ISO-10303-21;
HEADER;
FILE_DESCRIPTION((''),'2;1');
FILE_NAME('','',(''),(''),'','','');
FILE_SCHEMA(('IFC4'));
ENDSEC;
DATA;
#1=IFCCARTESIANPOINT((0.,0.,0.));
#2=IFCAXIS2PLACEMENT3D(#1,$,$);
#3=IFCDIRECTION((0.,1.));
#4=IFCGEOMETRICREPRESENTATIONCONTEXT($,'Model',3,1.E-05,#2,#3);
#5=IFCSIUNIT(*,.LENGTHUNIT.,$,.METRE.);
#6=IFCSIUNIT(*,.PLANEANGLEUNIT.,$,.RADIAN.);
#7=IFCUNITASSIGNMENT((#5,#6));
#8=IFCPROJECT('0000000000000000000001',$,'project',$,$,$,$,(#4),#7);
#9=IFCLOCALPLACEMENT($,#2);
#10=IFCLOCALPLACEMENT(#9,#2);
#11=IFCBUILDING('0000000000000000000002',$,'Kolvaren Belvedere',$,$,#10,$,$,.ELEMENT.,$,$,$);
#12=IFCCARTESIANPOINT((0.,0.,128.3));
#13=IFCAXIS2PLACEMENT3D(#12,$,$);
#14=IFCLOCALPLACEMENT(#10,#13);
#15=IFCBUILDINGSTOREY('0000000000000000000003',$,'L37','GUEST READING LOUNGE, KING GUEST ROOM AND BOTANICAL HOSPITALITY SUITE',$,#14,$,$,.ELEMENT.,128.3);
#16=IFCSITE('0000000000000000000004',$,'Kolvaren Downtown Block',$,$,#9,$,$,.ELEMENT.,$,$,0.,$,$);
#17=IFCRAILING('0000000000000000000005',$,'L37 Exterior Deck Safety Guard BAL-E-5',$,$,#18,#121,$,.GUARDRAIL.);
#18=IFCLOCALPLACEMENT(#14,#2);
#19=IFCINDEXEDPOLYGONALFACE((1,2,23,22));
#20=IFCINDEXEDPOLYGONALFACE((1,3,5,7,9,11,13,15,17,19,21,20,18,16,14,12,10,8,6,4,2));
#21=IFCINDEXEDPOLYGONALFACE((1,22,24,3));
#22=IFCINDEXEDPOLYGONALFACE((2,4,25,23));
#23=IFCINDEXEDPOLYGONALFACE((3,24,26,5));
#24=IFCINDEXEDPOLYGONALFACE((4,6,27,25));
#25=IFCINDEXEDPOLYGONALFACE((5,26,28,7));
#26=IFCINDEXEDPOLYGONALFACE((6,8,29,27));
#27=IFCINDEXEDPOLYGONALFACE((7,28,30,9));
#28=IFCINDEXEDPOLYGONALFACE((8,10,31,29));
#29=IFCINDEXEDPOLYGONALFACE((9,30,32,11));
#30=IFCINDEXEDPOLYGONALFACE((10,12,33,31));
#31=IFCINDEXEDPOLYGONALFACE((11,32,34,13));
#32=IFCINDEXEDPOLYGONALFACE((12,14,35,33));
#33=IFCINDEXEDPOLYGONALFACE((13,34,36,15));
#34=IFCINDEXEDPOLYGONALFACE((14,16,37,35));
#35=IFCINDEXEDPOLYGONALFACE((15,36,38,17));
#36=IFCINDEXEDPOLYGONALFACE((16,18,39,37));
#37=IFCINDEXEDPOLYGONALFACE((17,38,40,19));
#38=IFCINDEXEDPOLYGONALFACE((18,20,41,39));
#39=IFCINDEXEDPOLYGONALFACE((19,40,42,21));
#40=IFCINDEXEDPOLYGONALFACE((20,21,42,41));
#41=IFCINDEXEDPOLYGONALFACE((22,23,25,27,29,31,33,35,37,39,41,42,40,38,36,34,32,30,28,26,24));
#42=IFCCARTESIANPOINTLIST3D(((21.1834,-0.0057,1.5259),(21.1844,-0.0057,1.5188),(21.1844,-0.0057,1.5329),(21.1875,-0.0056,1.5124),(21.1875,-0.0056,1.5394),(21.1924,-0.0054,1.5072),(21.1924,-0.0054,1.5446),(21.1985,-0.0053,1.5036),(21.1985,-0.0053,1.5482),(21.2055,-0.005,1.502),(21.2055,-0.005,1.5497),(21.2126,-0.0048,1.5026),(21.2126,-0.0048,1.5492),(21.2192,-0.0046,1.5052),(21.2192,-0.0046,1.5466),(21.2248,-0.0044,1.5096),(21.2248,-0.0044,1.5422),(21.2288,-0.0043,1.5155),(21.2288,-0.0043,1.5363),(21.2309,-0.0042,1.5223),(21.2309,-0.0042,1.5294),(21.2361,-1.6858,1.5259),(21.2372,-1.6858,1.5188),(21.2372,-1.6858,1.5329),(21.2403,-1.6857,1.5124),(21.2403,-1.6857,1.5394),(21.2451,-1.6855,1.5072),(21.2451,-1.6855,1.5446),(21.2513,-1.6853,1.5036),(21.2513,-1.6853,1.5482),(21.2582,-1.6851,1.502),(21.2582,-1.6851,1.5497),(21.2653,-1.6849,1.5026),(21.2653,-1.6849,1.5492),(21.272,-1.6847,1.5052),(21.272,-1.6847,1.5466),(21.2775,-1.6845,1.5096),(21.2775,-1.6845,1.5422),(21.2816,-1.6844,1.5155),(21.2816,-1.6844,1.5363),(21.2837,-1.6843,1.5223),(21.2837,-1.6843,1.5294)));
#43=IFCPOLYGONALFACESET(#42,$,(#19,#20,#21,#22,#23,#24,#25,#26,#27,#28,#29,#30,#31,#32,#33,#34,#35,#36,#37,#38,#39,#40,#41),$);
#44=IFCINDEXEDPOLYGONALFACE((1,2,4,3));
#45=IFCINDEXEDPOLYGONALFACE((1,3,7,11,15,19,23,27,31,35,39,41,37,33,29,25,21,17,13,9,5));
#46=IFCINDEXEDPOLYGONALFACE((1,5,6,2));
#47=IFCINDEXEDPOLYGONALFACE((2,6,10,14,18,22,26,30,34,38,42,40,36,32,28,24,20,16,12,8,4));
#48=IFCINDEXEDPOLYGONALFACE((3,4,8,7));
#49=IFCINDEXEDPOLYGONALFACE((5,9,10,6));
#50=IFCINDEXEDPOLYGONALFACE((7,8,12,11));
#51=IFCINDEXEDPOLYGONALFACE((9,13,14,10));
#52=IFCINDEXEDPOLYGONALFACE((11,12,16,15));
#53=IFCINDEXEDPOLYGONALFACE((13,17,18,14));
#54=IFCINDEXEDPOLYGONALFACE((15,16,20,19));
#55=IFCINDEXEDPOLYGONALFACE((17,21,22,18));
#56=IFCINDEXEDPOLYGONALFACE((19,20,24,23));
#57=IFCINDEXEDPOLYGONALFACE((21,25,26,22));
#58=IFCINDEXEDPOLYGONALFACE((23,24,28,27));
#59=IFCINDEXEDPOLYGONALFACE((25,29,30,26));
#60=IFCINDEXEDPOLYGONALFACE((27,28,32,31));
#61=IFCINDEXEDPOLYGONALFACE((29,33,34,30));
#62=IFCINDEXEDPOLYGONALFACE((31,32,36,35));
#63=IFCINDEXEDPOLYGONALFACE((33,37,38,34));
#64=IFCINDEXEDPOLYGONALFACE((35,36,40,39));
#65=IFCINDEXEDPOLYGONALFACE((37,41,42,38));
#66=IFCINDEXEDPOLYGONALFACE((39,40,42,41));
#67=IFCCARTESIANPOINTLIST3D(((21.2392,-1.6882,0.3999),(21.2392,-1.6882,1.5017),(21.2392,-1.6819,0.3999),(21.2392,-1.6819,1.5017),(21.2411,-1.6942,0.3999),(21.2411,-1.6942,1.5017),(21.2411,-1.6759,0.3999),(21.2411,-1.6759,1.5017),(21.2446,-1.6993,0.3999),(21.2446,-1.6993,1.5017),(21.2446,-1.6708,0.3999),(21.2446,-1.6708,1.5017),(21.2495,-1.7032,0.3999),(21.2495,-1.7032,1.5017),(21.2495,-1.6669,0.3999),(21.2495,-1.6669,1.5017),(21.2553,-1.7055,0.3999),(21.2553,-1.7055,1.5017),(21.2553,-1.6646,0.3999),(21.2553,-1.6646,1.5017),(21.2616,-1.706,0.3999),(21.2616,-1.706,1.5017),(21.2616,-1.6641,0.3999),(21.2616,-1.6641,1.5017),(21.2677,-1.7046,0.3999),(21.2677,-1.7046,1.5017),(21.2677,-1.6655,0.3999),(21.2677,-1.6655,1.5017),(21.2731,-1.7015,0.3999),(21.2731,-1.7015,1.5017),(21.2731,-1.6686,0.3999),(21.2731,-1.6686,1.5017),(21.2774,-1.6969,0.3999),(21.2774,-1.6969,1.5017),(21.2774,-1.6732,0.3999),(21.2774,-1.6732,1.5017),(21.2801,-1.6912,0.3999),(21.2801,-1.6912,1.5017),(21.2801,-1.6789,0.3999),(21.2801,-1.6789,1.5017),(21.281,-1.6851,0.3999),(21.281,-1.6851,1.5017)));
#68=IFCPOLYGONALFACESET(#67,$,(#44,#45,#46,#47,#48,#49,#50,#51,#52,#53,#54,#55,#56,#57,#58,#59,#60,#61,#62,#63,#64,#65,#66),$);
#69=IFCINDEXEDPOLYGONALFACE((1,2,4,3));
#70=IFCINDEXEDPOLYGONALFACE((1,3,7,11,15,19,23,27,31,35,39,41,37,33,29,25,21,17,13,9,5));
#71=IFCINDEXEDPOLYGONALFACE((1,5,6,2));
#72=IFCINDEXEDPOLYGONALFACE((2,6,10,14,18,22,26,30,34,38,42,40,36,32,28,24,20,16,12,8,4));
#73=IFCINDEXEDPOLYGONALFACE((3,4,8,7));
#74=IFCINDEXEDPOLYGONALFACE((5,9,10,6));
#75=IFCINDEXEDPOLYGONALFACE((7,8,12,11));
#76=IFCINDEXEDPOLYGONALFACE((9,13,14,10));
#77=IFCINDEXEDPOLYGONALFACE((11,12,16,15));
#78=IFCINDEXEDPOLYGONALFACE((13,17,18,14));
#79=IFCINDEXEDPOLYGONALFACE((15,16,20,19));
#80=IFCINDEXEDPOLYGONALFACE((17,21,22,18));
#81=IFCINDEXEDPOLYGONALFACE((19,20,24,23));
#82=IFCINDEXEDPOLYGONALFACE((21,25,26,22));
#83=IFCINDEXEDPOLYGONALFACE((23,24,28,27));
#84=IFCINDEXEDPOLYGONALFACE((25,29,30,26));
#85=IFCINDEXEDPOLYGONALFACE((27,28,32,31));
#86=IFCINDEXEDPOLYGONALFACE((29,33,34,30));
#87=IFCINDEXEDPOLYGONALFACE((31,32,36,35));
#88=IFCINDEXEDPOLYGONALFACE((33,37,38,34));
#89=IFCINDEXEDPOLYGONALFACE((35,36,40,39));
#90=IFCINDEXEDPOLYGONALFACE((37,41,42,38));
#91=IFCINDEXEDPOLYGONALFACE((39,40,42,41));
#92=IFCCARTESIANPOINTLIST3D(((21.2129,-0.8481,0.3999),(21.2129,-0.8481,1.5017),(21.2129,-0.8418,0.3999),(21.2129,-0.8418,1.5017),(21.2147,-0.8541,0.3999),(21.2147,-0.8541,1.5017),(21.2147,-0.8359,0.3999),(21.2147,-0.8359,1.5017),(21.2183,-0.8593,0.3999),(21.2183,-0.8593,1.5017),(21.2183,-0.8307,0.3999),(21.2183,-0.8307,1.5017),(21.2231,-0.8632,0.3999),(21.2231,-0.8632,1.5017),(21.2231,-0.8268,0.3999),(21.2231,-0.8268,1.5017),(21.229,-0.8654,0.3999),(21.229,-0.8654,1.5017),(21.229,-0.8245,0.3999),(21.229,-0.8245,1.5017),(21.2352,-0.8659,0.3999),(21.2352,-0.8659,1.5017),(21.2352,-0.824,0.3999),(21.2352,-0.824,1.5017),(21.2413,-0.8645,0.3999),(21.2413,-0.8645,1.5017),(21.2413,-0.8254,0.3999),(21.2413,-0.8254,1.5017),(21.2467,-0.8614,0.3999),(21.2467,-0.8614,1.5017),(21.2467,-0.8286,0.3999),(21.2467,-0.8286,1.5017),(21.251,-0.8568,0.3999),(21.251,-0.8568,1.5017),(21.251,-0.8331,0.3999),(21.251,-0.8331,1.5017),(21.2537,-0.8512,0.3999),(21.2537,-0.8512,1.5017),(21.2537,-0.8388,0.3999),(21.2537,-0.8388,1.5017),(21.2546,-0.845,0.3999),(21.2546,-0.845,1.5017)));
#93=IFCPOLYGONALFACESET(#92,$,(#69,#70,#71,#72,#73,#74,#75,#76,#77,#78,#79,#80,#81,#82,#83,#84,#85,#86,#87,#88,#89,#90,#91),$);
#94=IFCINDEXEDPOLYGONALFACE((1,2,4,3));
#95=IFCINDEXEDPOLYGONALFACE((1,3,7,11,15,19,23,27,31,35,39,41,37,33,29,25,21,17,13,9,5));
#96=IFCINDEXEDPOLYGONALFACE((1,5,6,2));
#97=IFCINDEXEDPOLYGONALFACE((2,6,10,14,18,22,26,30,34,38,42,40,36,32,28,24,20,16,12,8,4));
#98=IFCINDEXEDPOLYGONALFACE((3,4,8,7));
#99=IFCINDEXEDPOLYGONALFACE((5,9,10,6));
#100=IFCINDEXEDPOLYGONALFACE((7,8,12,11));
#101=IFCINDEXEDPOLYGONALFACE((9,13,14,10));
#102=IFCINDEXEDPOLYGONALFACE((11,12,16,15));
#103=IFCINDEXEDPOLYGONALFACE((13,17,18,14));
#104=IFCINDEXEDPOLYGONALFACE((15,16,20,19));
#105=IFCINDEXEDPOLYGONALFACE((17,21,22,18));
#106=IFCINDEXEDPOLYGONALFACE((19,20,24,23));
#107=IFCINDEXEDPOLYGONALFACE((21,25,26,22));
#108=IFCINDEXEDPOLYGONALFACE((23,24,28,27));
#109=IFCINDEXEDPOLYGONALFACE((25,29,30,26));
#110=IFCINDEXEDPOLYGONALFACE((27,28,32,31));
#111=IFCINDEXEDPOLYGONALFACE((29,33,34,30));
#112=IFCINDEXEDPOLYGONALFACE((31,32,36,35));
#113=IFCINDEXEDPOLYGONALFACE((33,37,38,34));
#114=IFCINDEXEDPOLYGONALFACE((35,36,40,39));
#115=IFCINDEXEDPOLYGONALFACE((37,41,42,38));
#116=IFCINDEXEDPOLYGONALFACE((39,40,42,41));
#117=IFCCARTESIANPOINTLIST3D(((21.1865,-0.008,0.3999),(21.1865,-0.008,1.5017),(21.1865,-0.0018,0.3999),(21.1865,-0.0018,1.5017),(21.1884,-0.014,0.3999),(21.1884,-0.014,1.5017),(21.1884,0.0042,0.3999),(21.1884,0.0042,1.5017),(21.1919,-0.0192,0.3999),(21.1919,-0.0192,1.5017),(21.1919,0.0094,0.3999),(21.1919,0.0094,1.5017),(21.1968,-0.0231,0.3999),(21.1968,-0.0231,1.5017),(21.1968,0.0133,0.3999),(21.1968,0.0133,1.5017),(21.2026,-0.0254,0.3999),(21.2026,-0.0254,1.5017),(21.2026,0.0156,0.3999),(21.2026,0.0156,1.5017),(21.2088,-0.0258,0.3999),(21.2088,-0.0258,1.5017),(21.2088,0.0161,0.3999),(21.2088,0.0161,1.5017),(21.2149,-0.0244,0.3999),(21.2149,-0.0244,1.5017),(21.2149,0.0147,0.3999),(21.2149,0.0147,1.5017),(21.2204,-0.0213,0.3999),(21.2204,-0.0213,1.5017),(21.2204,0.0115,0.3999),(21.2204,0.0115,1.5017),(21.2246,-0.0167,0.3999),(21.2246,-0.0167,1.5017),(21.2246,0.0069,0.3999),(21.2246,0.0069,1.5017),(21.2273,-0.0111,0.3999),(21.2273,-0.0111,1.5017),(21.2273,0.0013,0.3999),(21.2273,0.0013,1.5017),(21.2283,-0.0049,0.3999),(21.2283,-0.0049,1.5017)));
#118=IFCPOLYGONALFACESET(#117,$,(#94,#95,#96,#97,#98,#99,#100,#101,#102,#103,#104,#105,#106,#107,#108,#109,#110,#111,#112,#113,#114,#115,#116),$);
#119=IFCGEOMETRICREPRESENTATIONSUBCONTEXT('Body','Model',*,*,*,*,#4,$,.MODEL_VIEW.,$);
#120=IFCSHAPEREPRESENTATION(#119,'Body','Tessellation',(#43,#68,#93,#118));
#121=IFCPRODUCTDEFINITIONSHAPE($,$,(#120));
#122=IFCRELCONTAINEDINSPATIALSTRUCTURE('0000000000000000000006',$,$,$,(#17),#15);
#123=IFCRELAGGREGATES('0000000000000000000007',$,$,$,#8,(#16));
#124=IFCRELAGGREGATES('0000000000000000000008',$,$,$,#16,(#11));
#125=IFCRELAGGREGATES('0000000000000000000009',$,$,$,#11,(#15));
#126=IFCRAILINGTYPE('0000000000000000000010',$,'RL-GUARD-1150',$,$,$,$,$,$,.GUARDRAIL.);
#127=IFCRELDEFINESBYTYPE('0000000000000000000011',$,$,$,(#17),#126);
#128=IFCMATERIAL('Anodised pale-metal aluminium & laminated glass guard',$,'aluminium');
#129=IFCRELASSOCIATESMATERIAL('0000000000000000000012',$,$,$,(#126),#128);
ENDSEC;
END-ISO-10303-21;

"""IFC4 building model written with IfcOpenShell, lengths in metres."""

from ifc_helpers import new_model, si_unit, direction, frame, origin, origin_2d, place, context, subcontext, project, spatial, circle, extrude, material, type_object, element, save


model = new_model("IFC4")

# Units and contexts
model_context = context("Model", 3, precision=1e-05, world=origin(), true_north=direction((0.0, 1.0)))
body_context = subcontext(model_context, "Body", "Model", "MODEL_VIEW")
ifc_project = project(units=[si_unit("LENGTHUNIT", "METRE"), si_unit("PLANEANGLEUNIT", "RADIAN")], contexts=[model_context])

# Site, building, storey
site_placement = place(None, origin())
site = spatial("IfcSite", under=ifc_project, at=site_placement, Name="Kolvaren Downtown Block", CompositionType="ELEMENT", RefElevation=0.0)
building_placement = place(site_placement, origin())
building = spatial("IfcBuilding", under=site, at=building_placement, Name="Kolvaren Belvedere", CompositionType="ELEMENT")
storey_placement = place(building_placement, frame((0.0, 0.0, 128.3)))
storey = spatial("IfcBuildingStorey", under=building, at=storey_placement, Name="L37", Description="GUEST READING LOUNGE, KING GUEST ROOM AND BOTANICAL HOSPITALITY SUITE", CompositionType="ELEMENT", Elevation=128.3)

# Railing
ifc_material_1 = material(Name="Anodised pale-metal aluminium & laminated glass guard", Category="aluminium")
railing_type = type_object("IfcRailingType", Name="RL-GUARD-1150", PredefinedType="GUARDRAIL", material=ifc_material_1)
railing_1_placement = place(storey_placement, frame((21.26, -1.6851, 0.3999)))
element("IfcRailing", 1, at=railing_1_placement, inside=storey, type_object=railing_type, Name="L37 Exterior Deck Safety Guard BAL-E-5", PredefinedType="GUARDRAIL", context=body_context, shape_type="SweptSolid", body=[
    extrude(circle(Radius=0.0239, at=origin_2d()), frame((0.0, 0.0, 1.126), z_axis=(-0.031371, 0.999508, 0.0), x_axis=(-0.999508, -0.031371, 0.0)), (0.0, 0.0, 1.0), 1.6809),
    extrude(circle(Radius=0.021, at=origin_2d()), origin(), (0.0, 0.0, 1.0), 1.1018),
    extrude(circle(Radius=0.021, at=origin_2d()), frame((-0.0264, 0.8401, 0.0)), (0.0, 0.0, 1.0), 1.1018),
    extrude(circle(Radius=0.021, at=origin_2d()), frame((-0.0527, 1.6802, 0.0)), (0.0, 0.0, 1.0), 1.1018),
])

save(model, "model.ifc")
